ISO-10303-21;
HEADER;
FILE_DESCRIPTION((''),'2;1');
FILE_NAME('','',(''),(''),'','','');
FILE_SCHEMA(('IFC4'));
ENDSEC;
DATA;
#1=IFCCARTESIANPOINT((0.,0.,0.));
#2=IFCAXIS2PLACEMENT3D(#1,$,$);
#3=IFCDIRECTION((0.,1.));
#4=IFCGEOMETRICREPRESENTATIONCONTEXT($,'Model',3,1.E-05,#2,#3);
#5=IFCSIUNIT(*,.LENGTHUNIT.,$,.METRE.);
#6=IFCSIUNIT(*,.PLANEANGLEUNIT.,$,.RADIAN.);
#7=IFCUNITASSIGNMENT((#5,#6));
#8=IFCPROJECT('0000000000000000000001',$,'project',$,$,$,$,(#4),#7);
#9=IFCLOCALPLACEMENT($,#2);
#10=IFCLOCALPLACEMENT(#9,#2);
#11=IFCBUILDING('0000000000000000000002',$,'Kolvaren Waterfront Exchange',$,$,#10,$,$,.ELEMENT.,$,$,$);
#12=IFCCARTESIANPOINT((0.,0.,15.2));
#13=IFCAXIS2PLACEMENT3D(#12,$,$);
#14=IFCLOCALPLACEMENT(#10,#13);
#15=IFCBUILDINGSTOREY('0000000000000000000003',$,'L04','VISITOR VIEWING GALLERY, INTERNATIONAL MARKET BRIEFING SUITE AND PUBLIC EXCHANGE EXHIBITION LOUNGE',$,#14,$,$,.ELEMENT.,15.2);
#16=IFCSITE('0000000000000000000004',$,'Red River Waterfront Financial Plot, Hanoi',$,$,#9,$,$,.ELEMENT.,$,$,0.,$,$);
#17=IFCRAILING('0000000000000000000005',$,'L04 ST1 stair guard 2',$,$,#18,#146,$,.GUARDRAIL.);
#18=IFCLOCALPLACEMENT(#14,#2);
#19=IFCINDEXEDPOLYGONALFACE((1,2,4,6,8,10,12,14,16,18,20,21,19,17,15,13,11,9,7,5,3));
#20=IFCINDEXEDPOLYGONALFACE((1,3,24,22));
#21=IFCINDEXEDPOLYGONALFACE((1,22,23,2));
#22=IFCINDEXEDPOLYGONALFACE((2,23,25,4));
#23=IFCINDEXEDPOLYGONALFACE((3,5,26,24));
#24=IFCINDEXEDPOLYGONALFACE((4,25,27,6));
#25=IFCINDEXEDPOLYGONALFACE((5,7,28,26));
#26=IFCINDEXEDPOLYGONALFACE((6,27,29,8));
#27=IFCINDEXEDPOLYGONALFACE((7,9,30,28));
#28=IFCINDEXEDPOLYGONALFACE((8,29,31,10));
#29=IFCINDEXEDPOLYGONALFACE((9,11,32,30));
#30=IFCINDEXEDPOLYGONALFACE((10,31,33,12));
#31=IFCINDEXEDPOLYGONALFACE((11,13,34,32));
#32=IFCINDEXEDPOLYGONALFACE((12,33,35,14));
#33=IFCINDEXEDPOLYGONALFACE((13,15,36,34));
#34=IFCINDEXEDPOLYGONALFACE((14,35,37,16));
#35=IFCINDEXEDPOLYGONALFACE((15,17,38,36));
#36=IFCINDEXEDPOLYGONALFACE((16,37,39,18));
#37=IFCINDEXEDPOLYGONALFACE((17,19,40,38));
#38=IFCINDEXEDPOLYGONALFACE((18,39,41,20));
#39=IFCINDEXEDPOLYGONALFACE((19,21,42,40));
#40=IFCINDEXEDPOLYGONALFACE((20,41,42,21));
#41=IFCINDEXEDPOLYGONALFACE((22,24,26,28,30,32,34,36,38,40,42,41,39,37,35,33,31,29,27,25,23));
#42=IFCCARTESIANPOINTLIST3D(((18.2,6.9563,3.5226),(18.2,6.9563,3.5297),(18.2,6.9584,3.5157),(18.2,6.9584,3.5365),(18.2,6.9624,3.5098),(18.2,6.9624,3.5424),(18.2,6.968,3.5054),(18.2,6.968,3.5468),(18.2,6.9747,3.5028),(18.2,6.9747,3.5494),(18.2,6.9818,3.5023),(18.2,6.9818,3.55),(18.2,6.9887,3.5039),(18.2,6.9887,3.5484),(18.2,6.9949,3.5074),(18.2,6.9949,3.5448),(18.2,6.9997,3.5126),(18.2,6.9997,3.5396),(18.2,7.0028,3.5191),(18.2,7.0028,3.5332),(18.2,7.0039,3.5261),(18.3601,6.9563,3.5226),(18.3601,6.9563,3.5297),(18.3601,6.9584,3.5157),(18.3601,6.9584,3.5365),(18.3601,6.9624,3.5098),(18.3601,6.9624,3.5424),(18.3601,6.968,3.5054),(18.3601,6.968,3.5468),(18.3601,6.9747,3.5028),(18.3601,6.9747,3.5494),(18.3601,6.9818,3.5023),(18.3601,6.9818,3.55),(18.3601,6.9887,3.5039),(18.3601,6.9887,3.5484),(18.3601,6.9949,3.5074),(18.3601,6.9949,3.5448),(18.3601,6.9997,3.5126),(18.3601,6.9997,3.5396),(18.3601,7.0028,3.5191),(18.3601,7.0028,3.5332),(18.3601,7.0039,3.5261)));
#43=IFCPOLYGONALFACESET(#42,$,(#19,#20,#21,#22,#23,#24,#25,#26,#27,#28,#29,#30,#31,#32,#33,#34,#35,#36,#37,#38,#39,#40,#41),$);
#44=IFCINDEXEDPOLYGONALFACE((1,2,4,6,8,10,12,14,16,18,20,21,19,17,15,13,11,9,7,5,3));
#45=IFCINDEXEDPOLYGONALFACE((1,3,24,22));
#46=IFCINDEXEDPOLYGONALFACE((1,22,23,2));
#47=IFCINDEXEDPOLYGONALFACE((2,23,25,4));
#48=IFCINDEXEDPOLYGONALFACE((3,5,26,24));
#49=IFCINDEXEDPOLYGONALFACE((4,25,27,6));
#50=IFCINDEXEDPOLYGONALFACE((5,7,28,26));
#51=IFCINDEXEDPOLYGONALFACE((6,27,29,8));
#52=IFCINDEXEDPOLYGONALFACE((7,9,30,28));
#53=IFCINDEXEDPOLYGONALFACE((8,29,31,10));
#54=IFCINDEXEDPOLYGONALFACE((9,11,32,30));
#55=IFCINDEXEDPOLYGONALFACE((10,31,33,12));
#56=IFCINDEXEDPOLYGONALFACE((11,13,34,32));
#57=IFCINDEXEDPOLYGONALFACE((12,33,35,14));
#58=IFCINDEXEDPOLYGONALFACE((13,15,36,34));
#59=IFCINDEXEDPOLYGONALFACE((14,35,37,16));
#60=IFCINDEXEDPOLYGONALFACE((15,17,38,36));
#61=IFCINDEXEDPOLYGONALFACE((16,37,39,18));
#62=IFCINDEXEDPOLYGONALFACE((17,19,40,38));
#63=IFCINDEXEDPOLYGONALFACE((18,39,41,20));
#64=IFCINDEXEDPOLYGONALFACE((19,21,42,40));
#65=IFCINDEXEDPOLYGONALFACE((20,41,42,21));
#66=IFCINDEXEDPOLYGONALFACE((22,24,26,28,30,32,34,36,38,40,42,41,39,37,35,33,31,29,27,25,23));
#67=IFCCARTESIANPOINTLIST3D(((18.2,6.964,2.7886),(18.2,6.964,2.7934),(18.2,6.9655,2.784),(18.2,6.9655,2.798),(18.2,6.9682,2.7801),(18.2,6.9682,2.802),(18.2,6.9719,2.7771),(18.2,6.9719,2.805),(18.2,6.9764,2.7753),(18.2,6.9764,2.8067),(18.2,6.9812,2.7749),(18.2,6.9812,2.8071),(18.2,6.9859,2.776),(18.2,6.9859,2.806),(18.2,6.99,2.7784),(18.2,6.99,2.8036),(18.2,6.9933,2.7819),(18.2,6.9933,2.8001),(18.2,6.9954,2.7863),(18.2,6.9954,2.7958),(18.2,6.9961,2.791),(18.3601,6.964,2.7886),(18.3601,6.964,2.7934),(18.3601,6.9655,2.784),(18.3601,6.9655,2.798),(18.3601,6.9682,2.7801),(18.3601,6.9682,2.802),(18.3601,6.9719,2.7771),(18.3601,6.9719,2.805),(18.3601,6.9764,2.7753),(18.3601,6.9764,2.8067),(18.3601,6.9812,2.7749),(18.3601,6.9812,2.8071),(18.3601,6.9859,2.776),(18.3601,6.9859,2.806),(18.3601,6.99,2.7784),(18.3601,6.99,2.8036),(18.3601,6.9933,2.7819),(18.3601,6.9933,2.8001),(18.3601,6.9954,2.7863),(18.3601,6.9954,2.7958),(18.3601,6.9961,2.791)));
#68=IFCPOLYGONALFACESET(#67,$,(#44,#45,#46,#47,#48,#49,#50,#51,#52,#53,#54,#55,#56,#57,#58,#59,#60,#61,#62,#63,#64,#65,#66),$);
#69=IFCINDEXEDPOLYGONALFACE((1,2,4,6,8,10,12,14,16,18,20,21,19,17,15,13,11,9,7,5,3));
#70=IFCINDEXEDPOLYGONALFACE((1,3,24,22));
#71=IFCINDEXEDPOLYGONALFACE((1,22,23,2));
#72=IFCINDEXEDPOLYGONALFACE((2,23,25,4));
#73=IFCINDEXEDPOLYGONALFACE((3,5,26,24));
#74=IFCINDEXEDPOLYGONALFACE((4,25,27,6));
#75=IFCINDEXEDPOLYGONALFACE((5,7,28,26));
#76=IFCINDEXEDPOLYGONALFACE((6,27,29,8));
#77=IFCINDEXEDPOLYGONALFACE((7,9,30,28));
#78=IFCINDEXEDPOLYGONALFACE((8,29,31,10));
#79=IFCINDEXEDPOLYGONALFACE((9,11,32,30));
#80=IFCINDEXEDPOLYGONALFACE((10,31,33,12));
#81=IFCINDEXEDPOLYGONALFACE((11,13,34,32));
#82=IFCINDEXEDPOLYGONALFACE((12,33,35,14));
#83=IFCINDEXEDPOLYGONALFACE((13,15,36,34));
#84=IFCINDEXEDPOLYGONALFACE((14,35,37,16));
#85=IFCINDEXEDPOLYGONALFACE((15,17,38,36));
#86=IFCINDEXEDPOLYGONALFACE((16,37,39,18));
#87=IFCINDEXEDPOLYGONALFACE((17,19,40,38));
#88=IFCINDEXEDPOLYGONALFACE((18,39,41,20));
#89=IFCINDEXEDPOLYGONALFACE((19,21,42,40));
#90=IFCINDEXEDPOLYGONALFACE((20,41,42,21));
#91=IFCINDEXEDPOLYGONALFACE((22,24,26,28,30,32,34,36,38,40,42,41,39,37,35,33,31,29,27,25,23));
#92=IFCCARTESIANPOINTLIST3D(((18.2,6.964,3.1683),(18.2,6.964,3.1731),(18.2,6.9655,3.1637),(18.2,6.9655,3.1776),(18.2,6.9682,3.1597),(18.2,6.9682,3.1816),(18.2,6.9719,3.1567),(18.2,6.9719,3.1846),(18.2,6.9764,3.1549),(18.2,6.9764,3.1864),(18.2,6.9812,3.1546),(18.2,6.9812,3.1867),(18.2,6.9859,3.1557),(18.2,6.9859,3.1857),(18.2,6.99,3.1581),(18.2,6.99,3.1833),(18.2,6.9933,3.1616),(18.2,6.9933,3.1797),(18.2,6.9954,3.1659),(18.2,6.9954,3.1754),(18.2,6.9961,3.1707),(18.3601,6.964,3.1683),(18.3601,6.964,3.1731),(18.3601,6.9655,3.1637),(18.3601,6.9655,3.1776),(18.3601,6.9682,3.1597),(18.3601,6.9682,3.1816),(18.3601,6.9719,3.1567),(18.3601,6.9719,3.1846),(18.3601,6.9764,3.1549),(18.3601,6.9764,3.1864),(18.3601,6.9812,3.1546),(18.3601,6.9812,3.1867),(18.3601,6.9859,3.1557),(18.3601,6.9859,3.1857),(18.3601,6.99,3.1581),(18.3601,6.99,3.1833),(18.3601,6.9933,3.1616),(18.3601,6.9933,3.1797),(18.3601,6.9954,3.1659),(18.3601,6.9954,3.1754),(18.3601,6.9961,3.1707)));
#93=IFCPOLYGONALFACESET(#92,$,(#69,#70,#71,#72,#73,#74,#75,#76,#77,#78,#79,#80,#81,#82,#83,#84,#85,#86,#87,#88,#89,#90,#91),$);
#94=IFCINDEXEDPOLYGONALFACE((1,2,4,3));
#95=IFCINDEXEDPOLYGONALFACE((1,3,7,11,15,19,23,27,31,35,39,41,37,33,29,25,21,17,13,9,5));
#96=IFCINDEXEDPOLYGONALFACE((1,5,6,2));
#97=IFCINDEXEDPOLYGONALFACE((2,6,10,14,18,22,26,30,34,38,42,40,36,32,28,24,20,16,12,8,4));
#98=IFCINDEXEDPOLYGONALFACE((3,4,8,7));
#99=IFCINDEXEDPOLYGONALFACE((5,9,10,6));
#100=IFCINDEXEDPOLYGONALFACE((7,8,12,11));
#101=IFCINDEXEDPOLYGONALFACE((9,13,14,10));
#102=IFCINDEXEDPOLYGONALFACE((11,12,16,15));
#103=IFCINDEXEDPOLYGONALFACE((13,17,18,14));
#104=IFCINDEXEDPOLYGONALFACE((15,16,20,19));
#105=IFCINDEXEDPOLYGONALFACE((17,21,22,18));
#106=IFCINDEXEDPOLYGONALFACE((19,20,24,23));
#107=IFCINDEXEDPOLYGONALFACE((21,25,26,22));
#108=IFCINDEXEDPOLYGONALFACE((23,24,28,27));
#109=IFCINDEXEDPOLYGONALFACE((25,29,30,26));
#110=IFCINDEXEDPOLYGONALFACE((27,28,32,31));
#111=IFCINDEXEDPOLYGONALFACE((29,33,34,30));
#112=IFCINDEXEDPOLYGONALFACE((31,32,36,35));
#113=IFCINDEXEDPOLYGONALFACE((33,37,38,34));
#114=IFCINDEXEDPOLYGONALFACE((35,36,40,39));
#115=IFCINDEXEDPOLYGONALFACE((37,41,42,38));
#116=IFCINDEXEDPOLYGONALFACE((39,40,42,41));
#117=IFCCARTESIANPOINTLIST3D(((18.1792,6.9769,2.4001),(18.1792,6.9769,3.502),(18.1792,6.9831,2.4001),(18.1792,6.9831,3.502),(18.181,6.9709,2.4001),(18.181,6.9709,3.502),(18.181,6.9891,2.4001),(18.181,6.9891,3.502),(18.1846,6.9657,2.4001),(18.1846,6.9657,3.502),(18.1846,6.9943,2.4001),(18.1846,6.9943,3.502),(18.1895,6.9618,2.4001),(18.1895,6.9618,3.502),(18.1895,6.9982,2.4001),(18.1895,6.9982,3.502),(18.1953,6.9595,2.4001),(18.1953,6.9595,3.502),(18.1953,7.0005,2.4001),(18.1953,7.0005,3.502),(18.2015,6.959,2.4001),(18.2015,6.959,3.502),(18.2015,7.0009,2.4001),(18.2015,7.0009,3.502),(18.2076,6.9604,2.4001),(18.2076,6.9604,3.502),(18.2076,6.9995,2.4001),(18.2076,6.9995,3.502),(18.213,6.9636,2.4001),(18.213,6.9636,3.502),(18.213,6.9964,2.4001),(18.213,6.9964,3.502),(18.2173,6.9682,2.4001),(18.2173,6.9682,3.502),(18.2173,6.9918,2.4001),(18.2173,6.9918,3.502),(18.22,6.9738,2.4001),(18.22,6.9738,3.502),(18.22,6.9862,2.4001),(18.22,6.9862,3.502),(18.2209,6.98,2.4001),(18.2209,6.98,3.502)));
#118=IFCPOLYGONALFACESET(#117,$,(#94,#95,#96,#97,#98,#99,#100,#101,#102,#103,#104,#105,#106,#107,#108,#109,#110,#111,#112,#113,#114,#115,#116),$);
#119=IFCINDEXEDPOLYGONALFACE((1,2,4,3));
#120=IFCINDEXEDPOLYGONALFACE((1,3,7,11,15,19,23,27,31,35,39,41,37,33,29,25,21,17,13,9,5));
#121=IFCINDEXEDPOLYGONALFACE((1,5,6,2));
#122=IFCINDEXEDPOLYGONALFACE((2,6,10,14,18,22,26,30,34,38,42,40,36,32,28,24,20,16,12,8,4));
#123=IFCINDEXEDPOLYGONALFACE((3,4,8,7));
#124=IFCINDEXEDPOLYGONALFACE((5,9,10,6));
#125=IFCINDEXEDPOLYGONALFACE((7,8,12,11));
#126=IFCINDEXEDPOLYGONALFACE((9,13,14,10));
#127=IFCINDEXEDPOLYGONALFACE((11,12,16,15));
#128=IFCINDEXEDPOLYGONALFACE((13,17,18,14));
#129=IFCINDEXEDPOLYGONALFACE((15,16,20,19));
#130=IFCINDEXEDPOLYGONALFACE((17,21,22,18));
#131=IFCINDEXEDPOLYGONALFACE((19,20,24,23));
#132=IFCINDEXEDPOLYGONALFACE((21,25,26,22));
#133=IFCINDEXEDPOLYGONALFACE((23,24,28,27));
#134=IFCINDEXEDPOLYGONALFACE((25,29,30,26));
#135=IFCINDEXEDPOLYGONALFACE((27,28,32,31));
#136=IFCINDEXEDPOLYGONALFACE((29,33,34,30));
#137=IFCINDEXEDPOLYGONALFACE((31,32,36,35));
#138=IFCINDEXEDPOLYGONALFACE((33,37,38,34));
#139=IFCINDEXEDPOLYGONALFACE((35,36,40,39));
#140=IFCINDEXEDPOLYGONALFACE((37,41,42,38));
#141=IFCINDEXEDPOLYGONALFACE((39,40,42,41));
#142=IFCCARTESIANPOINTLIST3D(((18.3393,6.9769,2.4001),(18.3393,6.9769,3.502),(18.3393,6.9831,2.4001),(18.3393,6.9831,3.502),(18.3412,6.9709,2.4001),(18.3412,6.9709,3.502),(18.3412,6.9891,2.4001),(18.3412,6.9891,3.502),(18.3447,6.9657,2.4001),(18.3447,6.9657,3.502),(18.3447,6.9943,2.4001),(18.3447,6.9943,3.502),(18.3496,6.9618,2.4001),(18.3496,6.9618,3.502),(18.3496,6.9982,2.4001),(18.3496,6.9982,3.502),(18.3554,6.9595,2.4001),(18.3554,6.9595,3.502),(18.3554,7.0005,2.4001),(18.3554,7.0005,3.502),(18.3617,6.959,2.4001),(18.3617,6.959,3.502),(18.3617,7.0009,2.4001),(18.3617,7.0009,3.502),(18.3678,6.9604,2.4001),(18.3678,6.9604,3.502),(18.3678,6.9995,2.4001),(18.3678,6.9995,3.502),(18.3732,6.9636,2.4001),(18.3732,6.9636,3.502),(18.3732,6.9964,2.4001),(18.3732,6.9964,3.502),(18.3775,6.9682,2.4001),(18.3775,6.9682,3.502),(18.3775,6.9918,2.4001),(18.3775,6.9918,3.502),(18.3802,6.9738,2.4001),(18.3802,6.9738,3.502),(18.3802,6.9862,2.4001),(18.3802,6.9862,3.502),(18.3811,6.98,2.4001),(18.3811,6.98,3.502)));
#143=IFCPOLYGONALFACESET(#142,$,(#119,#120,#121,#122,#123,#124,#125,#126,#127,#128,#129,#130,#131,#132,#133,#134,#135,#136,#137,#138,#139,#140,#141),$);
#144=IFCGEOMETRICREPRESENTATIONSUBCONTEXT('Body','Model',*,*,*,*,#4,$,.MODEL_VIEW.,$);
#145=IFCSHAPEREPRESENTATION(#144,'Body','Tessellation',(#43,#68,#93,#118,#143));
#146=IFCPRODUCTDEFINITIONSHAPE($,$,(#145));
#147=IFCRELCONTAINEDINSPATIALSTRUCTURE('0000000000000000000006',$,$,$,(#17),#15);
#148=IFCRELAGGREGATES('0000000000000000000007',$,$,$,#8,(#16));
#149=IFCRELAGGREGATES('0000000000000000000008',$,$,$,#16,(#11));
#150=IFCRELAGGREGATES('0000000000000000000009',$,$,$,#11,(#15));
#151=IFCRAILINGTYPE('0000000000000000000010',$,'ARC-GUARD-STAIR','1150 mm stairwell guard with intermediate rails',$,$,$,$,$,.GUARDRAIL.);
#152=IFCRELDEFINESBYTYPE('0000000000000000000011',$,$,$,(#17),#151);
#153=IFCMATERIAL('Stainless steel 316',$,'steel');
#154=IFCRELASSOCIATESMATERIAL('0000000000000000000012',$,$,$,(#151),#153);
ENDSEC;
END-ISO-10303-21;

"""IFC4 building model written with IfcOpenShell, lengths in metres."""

from ifc_helpers import new_model, si_unit, direction, frame, origin, origin_2d, place, context, subcontext, project, spatial, circle, extrude, material, type_object, element, save


model = new_model("IFC4")

# Units and contexts
model_context = context("Model", 3, precision=1e-05, world=origin(), true_north=direction((0.0, 1.0)))
body_context = subcontext(model_context, "Body", "Model", "MODEL_VIEW")
ifc_project = project(units=[si_unit("LENGTHUNIT", "METRE"), si_unit("PLANEANGLEUNIT", "RADIAN")], contexts=[model_context])

# Site, building, storey
site_placement = place(None, origin())
site = spatial("IfcSite", under=ifc_project, at=site_placement, Name="Red River Waterfront Financial Plot, Hanoi", CompositionType="ELEMENT", RefElevation=0.0)
building_placement = place(site_placement, origin())
building = spatial("IfcBuilding", under=site, at=building_placement, Name="Kolvaren Waterfront Exchange", CompositionType="ELEMENT")
storey_placement = place(building_placement, frame((0.0, 0.0, 15.2)))
storey = spatial("IfcBuildingStorey", under=building, at=storey_placement, Name="L04", Description="VISITOR VIEWING GALLERY, INTERNATIONAL MARKET BRIEFING SUITE AND PUBLIC EXCHANGE EXHIBITION LOUNGE", CompositionType="ELEMENT", Elevation=15.2)

# Railing
ifc_material_1 = material(Name="Stainless steel 316", Category="steel")
railing_type_1 = type_object("IfcRailingType", Name="ARC-GUARD-STAIR", Description="1150 mm stairwell guard with intermediate rails", PredefinedType="GUARDRAIL", material=ifc_material_1)
railing_1_placement = place(storey_placement, frame((18.2, 6.98, 2.4001)))
element("IfcRailing", 1, at=railing_1_placement, inside=storey, type_object=railing_type_1, Name="L04 ST1 stair guard 2", PredefinedType="GUARDRAIL", context=body_context, shape_type="SweptSolid", body=[
    extrude(circle(Radius=0.0239, at=origin_2d()), frame((0.0, 0.0, 1.126), z_axis=(1.0, 0.0, 0.0), x_axis=(0.0, 1.0, 0.0)), (0.0, 0.0, 1.0), 0.1602),
    extrude(circle(Radius=0.0161, at=origin_2d()), frame((0.0, 0.0, 0.3909), z_axis=(1.0, 0.0, 0.0), x_axis=(0.0, 1.0, 0.0)), (0.0, 0.0, 1.0), 0.1602),
    extrude(circle(Radius=0.0161, at=origin_2d()), frame((0.0, 0.0, 0.7705), z_axis=(1.0, 0.0, 0.0), x_axis=(0.0, 1.0, 0.0)), (0.0, 0.0, 1.0), 0.1602),
    extrude(circle(Radius=0.021, at=origin_2d()), origin(), (0.0, 0.0, 1.0), 1.1018),
    extrude(circle(Radius=0.021, at=origin_2d()), frame((0.1602, 0.0, 0.0)), (0.0, 0.0, 1.0), 1.1018),
])

save(model, "model.ifc")
